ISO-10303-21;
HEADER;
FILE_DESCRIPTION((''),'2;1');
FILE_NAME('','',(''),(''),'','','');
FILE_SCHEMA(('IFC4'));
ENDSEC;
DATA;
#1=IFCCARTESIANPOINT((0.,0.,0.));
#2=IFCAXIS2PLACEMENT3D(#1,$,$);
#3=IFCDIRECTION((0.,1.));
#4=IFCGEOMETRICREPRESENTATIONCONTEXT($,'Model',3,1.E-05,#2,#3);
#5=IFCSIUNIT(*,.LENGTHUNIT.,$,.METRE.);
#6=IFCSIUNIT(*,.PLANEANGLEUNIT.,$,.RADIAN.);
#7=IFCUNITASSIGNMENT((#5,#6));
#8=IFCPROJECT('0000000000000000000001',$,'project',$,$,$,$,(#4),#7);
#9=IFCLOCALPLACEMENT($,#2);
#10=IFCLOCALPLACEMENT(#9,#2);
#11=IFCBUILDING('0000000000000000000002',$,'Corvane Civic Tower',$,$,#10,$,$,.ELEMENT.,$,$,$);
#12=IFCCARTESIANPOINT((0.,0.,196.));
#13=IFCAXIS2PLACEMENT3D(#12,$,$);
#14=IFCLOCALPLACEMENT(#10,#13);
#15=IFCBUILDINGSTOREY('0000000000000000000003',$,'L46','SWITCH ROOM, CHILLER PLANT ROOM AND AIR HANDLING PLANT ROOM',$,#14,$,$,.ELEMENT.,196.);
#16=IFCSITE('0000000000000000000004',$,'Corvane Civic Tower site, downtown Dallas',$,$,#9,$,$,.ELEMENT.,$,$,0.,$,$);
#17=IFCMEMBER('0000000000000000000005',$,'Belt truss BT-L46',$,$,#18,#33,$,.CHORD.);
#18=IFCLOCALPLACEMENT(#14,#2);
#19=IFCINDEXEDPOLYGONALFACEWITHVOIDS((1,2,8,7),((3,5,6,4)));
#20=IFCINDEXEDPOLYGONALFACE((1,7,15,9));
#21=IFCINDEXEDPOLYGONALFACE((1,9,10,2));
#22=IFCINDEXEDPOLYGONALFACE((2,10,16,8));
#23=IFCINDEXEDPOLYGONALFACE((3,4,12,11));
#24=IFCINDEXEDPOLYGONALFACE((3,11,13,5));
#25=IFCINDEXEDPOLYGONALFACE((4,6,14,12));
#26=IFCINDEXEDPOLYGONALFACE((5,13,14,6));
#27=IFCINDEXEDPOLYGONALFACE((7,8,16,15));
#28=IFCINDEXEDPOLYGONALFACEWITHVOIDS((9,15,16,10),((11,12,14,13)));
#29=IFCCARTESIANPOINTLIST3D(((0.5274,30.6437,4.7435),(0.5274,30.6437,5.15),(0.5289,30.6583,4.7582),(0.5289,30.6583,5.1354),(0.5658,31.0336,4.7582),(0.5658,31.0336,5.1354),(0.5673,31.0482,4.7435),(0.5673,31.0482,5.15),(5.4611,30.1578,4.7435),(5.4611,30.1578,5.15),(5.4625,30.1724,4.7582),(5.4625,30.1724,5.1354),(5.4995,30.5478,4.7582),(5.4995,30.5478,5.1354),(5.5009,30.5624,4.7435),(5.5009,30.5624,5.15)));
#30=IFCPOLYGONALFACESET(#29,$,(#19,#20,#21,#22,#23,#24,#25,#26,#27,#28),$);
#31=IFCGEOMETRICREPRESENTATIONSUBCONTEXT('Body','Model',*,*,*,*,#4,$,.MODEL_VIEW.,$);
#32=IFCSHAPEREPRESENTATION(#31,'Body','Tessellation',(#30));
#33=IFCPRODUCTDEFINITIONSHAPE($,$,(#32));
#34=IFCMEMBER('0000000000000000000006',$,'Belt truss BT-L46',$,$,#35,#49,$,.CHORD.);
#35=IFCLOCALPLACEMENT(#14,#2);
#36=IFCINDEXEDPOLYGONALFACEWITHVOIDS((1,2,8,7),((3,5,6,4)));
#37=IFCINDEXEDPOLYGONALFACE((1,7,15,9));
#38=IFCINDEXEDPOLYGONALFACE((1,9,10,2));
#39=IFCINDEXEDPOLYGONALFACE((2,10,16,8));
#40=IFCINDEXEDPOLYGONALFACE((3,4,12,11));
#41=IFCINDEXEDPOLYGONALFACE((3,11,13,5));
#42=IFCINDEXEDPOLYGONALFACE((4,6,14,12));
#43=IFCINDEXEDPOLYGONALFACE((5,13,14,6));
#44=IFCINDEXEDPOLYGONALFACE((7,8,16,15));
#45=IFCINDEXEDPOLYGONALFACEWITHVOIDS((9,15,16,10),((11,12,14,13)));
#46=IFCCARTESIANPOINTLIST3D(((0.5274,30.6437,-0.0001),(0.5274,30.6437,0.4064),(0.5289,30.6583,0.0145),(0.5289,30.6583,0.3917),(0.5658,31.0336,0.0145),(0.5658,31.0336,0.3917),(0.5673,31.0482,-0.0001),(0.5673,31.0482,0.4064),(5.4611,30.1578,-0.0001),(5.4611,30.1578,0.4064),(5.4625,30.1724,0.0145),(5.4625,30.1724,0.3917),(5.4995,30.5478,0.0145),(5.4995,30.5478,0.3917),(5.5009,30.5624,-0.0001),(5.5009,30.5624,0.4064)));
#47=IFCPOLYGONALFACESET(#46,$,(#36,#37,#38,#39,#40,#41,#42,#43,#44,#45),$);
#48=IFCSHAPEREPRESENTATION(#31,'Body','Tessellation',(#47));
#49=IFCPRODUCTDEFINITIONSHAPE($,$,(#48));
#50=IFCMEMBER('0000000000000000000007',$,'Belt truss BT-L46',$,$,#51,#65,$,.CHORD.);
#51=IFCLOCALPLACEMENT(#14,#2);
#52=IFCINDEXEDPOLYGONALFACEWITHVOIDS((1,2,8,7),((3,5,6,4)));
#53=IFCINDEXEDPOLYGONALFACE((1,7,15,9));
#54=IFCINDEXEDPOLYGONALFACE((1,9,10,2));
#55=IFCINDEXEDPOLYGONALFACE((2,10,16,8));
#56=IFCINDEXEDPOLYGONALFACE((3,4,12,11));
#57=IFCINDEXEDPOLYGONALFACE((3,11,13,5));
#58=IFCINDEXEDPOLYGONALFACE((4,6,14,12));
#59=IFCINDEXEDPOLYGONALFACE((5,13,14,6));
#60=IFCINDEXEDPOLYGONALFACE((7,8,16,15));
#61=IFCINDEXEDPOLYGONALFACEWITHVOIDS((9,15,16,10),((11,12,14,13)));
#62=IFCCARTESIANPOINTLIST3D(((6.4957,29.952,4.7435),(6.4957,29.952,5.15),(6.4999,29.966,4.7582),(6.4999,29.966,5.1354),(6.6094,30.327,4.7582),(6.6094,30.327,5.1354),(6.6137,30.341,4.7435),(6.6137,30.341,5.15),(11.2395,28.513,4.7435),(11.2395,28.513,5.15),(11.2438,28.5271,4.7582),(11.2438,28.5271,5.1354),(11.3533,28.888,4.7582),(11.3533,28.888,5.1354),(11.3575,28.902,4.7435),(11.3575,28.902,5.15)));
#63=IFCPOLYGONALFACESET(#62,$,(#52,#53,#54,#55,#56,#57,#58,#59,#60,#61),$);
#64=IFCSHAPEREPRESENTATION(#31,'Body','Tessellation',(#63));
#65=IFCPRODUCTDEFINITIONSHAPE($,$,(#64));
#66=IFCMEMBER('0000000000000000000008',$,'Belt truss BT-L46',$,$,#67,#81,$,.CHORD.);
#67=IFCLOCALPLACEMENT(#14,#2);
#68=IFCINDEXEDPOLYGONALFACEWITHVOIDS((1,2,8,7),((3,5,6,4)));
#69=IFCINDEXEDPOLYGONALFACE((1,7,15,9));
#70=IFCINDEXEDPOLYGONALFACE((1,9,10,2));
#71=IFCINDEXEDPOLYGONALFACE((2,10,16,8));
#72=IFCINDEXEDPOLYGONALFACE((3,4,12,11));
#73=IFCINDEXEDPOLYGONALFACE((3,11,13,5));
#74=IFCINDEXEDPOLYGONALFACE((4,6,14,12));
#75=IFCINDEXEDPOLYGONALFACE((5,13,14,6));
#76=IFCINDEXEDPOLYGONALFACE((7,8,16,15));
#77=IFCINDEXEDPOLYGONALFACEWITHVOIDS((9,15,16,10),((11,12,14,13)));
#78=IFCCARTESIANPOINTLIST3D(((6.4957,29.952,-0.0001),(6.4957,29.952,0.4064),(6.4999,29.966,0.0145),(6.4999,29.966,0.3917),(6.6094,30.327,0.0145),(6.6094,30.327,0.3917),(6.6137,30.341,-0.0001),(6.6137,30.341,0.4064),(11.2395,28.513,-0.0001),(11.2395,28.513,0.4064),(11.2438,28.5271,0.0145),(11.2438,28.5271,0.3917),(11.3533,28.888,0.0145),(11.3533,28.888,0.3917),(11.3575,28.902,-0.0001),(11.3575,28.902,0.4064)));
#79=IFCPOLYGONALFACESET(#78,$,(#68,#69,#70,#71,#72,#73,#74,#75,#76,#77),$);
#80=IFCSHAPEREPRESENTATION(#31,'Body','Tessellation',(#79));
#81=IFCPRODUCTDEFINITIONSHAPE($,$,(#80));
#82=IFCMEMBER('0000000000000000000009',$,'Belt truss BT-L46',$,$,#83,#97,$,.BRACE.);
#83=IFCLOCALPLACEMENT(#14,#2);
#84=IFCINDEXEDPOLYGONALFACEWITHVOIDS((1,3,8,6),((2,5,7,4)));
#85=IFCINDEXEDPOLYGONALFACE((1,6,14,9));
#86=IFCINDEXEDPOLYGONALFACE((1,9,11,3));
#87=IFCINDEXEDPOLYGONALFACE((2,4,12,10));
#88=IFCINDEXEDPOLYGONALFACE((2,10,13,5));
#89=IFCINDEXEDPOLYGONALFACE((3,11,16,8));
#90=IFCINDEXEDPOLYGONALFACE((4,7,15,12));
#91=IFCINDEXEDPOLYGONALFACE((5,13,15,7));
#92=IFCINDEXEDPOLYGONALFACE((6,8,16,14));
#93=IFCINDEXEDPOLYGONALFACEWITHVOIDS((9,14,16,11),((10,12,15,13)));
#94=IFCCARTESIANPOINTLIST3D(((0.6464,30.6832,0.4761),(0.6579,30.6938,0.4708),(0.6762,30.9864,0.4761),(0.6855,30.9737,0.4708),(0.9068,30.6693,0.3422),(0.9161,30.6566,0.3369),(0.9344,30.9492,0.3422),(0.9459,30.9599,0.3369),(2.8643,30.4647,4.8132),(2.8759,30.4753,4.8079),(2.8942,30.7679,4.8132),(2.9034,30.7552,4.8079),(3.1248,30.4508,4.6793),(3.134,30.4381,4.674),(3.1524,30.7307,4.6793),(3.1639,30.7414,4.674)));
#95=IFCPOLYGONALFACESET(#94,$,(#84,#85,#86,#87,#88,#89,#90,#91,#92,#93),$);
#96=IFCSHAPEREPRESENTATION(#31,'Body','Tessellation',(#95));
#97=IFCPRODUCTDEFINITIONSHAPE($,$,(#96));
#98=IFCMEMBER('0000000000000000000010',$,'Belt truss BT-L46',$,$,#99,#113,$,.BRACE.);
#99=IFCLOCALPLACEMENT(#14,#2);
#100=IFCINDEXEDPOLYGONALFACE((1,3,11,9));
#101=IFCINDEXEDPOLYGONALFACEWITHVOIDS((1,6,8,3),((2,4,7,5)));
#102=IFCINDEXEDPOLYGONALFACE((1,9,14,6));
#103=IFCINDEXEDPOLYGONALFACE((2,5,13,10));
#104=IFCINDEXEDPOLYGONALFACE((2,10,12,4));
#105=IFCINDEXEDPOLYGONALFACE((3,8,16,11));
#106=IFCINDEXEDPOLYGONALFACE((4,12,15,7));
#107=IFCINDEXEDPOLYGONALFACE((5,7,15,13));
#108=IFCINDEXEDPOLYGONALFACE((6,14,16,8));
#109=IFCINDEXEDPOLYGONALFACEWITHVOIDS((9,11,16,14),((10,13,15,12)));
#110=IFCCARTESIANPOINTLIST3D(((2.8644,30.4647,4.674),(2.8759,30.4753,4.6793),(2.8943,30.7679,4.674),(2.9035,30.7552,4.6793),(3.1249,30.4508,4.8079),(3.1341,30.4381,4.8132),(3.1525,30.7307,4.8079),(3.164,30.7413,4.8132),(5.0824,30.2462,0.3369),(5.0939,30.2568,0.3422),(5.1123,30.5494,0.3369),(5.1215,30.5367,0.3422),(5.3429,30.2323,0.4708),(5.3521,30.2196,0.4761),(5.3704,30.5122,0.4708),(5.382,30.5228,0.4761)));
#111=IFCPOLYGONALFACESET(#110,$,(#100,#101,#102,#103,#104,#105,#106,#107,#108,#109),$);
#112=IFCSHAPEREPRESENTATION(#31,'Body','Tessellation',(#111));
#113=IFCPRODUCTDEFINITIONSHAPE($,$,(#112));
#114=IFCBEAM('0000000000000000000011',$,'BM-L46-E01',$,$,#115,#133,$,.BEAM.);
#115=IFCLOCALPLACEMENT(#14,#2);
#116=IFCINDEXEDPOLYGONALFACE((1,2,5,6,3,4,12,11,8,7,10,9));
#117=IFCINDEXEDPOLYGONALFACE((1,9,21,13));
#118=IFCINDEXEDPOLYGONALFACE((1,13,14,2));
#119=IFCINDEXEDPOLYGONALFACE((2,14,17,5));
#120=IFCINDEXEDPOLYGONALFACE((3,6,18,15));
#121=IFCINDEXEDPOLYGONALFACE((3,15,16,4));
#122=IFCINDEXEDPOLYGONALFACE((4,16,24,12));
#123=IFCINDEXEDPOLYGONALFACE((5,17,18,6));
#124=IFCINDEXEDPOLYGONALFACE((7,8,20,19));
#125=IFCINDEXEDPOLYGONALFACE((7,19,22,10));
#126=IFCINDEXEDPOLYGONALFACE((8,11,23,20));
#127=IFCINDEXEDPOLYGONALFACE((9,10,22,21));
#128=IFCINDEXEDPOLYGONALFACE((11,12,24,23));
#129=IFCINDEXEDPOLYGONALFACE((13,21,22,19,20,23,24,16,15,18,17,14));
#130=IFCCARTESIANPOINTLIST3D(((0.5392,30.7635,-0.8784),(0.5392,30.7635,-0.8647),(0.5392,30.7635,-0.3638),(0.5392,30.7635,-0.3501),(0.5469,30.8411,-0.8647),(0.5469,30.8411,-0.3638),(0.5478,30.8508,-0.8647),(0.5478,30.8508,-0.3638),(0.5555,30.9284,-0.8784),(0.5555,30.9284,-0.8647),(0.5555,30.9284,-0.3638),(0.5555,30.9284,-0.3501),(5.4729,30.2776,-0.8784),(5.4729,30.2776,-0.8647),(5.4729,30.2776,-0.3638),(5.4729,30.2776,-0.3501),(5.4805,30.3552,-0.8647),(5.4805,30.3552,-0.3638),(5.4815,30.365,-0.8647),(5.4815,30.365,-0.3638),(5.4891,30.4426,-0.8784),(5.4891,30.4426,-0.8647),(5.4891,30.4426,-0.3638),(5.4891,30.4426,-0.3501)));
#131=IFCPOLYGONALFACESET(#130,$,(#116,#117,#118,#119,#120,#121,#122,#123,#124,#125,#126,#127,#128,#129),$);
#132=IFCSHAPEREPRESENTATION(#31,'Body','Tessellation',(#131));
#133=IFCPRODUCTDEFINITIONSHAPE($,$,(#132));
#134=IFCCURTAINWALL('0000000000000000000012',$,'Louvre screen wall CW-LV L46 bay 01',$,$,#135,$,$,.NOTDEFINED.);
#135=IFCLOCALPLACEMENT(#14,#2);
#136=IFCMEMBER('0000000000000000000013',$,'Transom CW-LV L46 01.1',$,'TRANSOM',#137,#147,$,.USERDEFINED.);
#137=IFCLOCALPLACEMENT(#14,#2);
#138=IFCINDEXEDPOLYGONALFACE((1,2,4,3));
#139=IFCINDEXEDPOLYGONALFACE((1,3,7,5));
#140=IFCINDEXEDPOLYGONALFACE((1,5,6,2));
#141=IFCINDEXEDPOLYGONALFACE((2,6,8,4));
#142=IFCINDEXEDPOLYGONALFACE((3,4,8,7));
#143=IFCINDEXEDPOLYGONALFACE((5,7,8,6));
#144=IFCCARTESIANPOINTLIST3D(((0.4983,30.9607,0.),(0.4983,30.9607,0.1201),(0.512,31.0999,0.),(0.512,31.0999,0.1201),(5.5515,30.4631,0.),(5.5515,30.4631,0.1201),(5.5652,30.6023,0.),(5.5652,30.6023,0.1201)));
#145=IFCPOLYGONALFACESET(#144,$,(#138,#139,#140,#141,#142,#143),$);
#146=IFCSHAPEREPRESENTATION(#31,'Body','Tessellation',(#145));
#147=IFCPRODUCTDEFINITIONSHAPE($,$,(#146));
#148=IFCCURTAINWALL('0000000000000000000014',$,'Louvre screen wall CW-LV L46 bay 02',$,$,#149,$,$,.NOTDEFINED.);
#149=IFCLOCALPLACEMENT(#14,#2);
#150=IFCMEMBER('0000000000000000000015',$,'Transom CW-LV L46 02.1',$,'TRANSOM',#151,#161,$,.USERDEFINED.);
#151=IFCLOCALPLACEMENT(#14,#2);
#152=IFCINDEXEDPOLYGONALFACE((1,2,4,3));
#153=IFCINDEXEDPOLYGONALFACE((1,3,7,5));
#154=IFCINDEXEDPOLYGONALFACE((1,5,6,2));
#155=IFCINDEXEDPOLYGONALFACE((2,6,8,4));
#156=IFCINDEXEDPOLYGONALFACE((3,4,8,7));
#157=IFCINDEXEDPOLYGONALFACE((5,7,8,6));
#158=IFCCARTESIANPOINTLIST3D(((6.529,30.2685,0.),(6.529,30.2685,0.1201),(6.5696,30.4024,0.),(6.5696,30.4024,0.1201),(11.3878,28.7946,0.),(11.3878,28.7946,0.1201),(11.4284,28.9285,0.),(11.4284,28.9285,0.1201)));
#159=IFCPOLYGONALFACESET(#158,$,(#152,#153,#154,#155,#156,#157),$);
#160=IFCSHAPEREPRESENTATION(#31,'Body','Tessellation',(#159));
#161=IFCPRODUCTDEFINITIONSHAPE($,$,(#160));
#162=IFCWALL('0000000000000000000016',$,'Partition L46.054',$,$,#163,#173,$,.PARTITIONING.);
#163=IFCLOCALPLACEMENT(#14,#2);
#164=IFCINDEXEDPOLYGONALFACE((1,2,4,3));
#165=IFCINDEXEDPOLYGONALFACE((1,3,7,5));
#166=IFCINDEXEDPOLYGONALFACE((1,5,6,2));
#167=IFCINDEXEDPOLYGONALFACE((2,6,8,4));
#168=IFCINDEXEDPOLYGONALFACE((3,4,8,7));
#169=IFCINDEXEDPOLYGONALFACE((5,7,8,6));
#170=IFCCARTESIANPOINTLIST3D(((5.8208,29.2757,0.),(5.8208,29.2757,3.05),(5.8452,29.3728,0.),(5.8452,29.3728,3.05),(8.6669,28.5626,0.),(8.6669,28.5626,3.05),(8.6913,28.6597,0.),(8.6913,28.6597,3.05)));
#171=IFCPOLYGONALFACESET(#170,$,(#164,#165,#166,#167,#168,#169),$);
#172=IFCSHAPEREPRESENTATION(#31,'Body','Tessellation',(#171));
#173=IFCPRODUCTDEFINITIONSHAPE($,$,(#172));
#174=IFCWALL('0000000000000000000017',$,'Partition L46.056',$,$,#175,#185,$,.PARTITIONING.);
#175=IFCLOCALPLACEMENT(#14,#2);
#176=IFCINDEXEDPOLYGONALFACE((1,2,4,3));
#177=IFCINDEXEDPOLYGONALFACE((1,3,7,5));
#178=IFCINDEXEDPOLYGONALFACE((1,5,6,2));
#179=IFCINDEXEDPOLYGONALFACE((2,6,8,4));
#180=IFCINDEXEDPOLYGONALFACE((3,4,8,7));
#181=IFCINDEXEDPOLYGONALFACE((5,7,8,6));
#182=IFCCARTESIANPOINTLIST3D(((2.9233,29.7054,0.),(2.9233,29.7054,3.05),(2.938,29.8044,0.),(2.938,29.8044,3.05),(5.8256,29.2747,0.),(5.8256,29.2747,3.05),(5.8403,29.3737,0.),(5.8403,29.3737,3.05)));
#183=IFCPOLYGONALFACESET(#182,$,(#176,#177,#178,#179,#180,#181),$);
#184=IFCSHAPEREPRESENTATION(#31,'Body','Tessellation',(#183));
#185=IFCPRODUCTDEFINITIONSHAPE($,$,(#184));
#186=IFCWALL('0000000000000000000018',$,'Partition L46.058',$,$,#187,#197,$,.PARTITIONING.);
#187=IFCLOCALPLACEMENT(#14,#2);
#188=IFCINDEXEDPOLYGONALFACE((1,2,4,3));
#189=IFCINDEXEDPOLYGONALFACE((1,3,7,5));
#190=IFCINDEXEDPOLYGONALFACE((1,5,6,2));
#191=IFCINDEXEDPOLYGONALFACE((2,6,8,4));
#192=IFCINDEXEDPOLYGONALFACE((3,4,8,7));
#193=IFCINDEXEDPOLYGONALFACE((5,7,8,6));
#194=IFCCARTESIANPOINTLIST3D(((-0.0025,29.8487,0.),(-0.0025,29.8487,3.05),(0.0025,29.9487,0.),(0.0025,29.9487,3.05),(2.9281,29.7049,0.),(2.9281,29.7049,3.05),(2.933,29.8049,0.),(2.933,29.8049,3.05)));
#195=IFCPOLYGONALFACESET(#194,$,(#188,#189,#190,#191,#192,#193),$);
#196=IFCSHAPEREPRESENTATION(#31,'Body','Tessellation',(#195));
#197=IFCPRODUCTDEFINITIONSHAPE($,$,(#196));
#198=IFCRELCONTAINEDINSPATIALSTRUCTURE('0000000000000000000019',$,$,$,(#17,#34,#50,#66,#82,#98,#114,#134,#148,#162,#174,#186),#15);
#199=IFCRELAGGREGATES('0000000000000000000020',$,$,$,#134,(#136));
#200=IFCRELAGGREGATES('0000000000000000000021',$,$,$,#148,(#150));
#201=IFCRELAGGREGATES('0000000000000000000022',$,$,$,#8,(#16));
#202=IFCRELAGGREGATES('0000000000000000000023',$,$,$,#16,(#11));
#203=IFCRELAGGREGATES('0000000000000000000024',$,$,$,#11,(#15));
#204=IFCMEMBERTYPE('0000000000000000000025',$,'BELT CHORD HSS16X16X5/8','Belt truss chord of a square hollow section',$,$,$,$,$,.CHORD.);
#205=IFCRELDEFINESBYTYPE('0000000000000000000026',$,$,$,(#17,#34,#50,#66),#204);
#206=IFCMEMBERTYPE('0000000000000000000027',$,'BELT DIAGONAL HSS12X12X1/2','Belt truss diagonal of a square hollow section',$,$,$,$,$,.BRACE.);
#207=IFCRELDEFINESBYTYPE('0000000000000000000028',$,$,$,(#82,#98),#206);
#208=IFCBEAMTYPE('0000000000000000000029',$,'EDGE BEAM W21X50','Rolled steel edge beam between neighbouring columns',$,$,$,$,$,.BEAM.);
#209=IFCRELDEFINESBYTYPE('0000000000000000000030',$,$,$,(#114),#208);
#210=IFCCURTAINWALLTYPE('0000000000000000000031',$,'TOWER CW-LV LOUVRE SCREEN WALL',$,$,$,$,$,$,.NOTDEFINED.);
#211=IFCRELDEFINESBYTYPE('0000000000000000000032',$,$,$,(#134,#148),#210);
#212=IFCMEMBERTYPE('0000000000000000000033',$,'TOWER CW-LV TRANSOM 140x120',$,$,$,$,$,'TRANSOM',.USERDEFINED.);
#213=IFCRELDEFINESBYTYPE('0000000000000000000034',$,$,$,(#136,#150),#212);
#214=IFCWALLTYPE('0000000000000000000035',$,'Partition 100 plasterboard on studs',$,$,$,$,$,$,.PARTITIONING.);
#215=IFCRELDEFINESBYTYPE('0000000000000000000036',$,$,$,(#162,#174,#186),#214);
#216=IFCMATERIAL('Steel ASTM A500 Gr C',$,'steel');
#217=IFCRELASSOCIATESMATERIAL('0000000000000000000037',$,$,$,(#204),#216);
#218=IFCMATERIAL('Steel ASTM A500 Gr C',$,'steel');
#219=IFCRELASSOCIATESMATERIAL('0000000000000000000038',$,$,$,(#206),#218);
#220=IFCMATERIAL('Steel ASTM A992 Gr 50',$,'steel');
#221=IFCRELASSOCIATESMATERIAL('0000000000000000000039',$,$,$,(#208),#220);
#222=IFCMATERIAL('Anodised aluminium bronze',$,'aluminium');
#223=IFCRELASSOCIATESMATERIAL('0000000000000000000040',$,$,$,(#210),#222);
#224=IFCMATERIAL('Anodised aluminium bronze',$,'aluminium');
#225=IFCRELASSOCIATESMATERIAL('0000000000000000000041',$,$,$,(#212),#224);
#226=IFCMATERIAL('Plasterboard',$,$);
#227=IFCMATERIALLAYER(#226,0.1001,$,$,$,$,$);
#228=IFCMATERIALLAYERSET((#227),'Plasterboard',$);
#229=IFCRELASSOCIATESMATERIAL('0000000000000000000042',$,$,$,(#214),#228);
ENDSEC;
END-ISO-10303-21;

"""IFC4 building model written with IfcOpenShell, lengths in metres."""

from ifc_helpers import new_model, si_unit, direction, frame, frame_2d, origin, origin_2d, place, context, subcontext, project, spatial, rectangle, hollow_rectangle, i_section, extrude, material, layer, layer_set, material_profile, profile_set, type_object, element, aggregate, save


model = new_model("IFC4")

# Units and contexts
model_context = context("Model", 3, precision=1e-05, world=origin(), true_north=direction((0.0, 1.0)))
body_context = subcontext(model_context, "Body", "Model", "MODEL_VIEW")
ifc_project = project(units=[si_unit("LENGTHUNIT", "METRE"), si_unit("PLANEANGLEUNIT", "RADIAN")], contexts=[model_context])

# Site, building, storey
site_placement = place(None, origin())
site = spatial("IfcSite", under=ifc_project, at=site_placement, Name="Corvane Civic Tower site, downtown Dallas", CompositionType="ELEMENT", RefElevation=0.0)
building_placement = place(site_placement, origin())
building = spatial("IfcBuilding", under=site, at=building_placement, Name="Corvane Civic Tower", CompositionType="ELEMENT")
storey_placement = place(building_placement, frame((0.0, 0.0, 196.0)))
storey = spatial("IfcBuildingStorey", under=building, at=storey_placement, Name="L46", Description="SWITCH ROOM, CHILLER PLANT ROOM AND AIR HANDLING PLANT ROOM", CompositionType="ELEMENT", Elevation=196.0)

# Members
ifc_material_1 = material(Name="Steel ASTM A500 Gr C", Category="steel")
ifc_material_profile_1 = material_profile(ifc_material_1, hollow_rectangle(XDim=0.4065, YDim=0.4065, WallThickness=0.0146, at=origin_2d()), Name="HSS16X16X5/8")
ifc_profile_set_1 = profile_set([ifc_material_profile_1], Name="Steel ASTM A500 Gr C")
member_type_1 = type_object("IfcMemberType", Name="BELT CHORD HSS16X16X5/8", Description="Belt truss chord of a square hollow section", PredefinedType="CHORD", material=ifc_profile_set_1)
for number, where, z_axis, x_axis, name in (
    (1, (0.5474, 30.8459, 4.9468), (0.995186, -0.098002, 0.0), (0.098002, 0.995186, 0.0), "Belt truss BT-L46"),
    (2, (0.5474, 30.8459, 0.2031), (0.995186, -0.098002, 0.0), (0.098002, 0.995186, 0.0), "Belt truss BT-L46"),
):
    element("IfcMember", number, at=place(storey_placement, frame(where, z_axis=z_axis, x_axis=x_axis)), inside=storey, type_object=member_type_1, Name=name, PredefinedType="CHORD", context=body_context, shape_type="SweptSolid", body=[
        extrude(hollow_rectangle(XDim=0.4065, YDim=0.4065, WallThickness=0.0146, at=origin_2d()), origin(), (0.0, 0.0, 1.0), 4.9575),
    ])
for number, where, z_axis, x_axis, name in (
    (3, (6.5547, 30.1465, 4.9468), (0.956945, -0.29027, 0.0), (0.29027, 0.956945, 0.0), "Belt truss BT-L46"),
    (4, (6.5547, 30.1465, 0.2031), (0.956945, -0.29027, 0.0), (0.29027, 0.956945, 0.0), "Belt truss BT-L46"),
):
    element("IfcMember", number, at=place(storey_placement, frame(where, z_axis=z_axis, x_axis=x_axis)), inside=storey, type_object=member_type_1, Name=name, PredefinedType="CHORD", context=body_context, shape_type="SweptSolid", body=[
        extrude(hollow_rectangle(XDim=0.4065, YDim=0.4065, WallThickness=0.0146, at=origin_2d()), origin(), (0.0, 0.0, 1.0), 4.9573),
    ])
ifc_material_2 = material(Name="Steel ASTM A500 Gr C", Category="steel")
ifc_material_profile_2 = material_profile(ifc_material_2, hollow_rectangle(XDim=0.3047, YDim=0.3047, WallThickness=0.0117, at=origin_2d()), Name="HSS12X12X1/2")
ifc_profile_set_2 = profile_set([ifc_material_profile_2], Name="Steel ASTM A500 Gr C")
member_type_2 = type_object("IfcMemberType", Name="BELT DIAGONAL HSS12X12X1/2", Description="Belt truss diagonal of a square hollow section", PredefinedType="BRACE", material=ifc_profile_set_2)
for number, where, z_axis, x_axis, name in (
    (5, (0.7961, 30.8215, 0.4065), (0.454857, -0.04481, 0.889437), (0.098039, 0.995183, 0.0), "Belt truss BT-L46"),
    (6, (5.2322, 30.3845, 0.4065), (-0.454857, 0.04481, 0.889437), (-0.098039, -0.995183, 0.0), "Belt truss BT-L46"),
):
    element("IfcMember", number, at=place(storey_placement, frame(where, z_axis=z_axis, x_axis=x_axis)), inside=storey, type_object=member_type_2, Name=name, PredefinedType="BRACE", context=body_context, shape_type="SweptSolid", body=[
        extrude(hollow_rectangle(XDim=0.3047, YDim=0.3047, WallThickness=0.0117, at=origin_2d()), origin(), (0.0, 0.0, 1.0), 4.8762),
    ])

# Beam
ifc_material_3 = material(Name="Steel ASTM A992 Gr 50", Category="steel")
ifc_material_profile_3 = material_profile(ifc_material_3, i_section(OverallWidth=0.1658, OverallDepth=0.5283, WebThickness=0.0098, FlangeThickness=0.0137, at=origin_2d()), Name="W21X50")
ifc_profile_set_3 = profile_set([ifc_material_profile_3], Name="Steel ASTM A992 Gr 50")
beam_type = type_object("IfcBeamType", Name="EDGE BEAM W21X50", Description="Rolled steel edge beam between neighbouring columns", PredefinedType="BEAM", material=ifc_profile_set_3)
beam_placement = place(storey_placement, frame((0.5474, 30.8459, -0.6143), z_axis=(0.995186, -0.098002, 0.0), x_axis=(0.098002, 0.995186, 0.0)))
element("IfcBeam", 7, at=beam_placement, inside=storey, type_object=beam_type, Name="BM-L46-E01", PredefinedType="BEAM", context=body_context, shape_type="SweptSolid", body=[
    extrude(i_section(OverallWidth=0.1658, OverallDepth=0.5283, WebThickness=0.0098, FlangeThickness=0.0137, at=origin_2d()), origin(), (0.0, 0.0, 1.0), 4.9575),
])

# Curtain walls, members
ifc_material_4 = material(Name="Anodised aluminium bronze", Category="aluminium")
curtain_wall_type = type_object("IfcCurtainWallType", Name="TOWER CW-LV LOUVRE SCREEN WALL", PredefinedType="NOTDEFINED", material=ifc_material_4)
curtain_wall_1_placement = place(storey_placement, origin())
curtain_wall_1 = element("IfcCurtainWall", 8, at=curtain_wall_1_placement, inside=storey, type_object=curtain_wall_type, Name="Louvre screen wall CW-LV L46 bay 01", PredefinedType="NOTDEFINED")
ifc_material_5 = material(Name="Anodised aluminium bronze", Category="aluminium")
ifc_material_profile_4 = material_profile(ifc_material_5, rectangle(XDim=0.1399, YDim=0.1201, at=origin_2d()), Name="TOWER CW-LV TRANSOM 140x120")
ifc_profile_set_4 = profile_set([ifc_material_profile_4], Name="Anodised aluminium bronze")
member_type_3 = type_object("IfcMemberType", Name="TOWER CW-LV TRANSOM 140x120", ElementType="TRANSOM", PredefinedType="USERDEFINED", material=ifc_profile_set_4)
member_1_placement = place(storey_placement, frame((0.5051, 31.0303, 0.0601), z_axis=(0.995187, -0.09799, 0.0), x_axis=(0.09799, 0.995187, 0.0)))
member_1 = element("IfcMember", 9, at=member_1_placement, type_object=member_type_3, Name="Transom CW-LV L46 01.1", ObjectType="TRANSOM", PredefinedType="USERDEFINED", context=body_context, shape_type="SweptSolid", body=[
    extrude(rectangle(XDim=0.1399, YDim=0.1201, at=origin_2d()), origin(), (0.0, 0.0, 1.0), 5.0776),
])
curtain_wall_2_placement = place(storey_placement, origin())
curtain_wall_2 = element("IfcCurtainWall", 10, at=curtain_wall_2_placement, inside=storey, type_object=curtain_wall_type, Name="Louvre screen wall CW-LV L46 bay 02", PredefinedType="NOTDEFINED")
member_2_placement = place(storey_placement, frame((6.5493, 30.3354, 0.0601), z_axis=(0.956939, -0.290289, 0.0), x_axis=(0.290289, 0.956939, 0.0)))
member_2 = element("IfcMember", 11, at=member_2_placement, type_object=member_type_3, Name="Transom CW-LV L46 02.1", ObjectType="TRANSOM", PredefinedType="USERDEFINED", context=body_context, shape_type="SweptSolid", body=[
    extrude(rectangle(XDim=0.1399, YDim=0.1201, at=origin_2d()), origin(), (0.0, 0.0, 1.0), 5.0774),
])

# Walls
ifc_material_6 = material(Name="Plasterboard")
ifc_layer = layer(ifc_material_6, 0.1001)
ifc_layer_set = layer_set([ifc_layer], Name="Plasterboard")
wall_type = type_object("IfcWallType", Name="Partition 100 plasterboard on studs", PredefinedType="PARTITIONING", material=ifc_layer_set)
for number, where, z_axis, x_axis, name in (
    (12, (5.833, 29.3242, 0.0), (0.0, 0.0, 1.0), (0.970015, -0.243045, 0.0), "Partition L46.054"),
    (13, (2.9307, 29.7549, 0.0), (0.0, 0.0, 1.0), (0.989169, -0.146778, 0.0), "Partition L46.056"),
    (14, (0.0, 29.8987, 0.0), (0.0, 0.0, 1.0), (0.998798, -0.049008, 0.0), "Partition L46.058"),
):
    element("IfcWall", number, at=place(storey_placement, frame(where, z_axis=z_axis, x_axis=x_axis)), inside=storey, type_object=wall_type, Name=name, PredefinedType="PARTITIONING", context=body_context, shape_type="SweptSolid", body=[
        extrude(rectangle(XDim=2.9341, YDim=0.1001, at=frame_2d((1.467, 0.0))), origin(), (0.0, 0.0, 1.0), 3.05),
    ])

aggregate(curtain_wall_1, [member_1])
aggregate(curtain_wall_2, [member_2])

save(model, "model.ifc")
